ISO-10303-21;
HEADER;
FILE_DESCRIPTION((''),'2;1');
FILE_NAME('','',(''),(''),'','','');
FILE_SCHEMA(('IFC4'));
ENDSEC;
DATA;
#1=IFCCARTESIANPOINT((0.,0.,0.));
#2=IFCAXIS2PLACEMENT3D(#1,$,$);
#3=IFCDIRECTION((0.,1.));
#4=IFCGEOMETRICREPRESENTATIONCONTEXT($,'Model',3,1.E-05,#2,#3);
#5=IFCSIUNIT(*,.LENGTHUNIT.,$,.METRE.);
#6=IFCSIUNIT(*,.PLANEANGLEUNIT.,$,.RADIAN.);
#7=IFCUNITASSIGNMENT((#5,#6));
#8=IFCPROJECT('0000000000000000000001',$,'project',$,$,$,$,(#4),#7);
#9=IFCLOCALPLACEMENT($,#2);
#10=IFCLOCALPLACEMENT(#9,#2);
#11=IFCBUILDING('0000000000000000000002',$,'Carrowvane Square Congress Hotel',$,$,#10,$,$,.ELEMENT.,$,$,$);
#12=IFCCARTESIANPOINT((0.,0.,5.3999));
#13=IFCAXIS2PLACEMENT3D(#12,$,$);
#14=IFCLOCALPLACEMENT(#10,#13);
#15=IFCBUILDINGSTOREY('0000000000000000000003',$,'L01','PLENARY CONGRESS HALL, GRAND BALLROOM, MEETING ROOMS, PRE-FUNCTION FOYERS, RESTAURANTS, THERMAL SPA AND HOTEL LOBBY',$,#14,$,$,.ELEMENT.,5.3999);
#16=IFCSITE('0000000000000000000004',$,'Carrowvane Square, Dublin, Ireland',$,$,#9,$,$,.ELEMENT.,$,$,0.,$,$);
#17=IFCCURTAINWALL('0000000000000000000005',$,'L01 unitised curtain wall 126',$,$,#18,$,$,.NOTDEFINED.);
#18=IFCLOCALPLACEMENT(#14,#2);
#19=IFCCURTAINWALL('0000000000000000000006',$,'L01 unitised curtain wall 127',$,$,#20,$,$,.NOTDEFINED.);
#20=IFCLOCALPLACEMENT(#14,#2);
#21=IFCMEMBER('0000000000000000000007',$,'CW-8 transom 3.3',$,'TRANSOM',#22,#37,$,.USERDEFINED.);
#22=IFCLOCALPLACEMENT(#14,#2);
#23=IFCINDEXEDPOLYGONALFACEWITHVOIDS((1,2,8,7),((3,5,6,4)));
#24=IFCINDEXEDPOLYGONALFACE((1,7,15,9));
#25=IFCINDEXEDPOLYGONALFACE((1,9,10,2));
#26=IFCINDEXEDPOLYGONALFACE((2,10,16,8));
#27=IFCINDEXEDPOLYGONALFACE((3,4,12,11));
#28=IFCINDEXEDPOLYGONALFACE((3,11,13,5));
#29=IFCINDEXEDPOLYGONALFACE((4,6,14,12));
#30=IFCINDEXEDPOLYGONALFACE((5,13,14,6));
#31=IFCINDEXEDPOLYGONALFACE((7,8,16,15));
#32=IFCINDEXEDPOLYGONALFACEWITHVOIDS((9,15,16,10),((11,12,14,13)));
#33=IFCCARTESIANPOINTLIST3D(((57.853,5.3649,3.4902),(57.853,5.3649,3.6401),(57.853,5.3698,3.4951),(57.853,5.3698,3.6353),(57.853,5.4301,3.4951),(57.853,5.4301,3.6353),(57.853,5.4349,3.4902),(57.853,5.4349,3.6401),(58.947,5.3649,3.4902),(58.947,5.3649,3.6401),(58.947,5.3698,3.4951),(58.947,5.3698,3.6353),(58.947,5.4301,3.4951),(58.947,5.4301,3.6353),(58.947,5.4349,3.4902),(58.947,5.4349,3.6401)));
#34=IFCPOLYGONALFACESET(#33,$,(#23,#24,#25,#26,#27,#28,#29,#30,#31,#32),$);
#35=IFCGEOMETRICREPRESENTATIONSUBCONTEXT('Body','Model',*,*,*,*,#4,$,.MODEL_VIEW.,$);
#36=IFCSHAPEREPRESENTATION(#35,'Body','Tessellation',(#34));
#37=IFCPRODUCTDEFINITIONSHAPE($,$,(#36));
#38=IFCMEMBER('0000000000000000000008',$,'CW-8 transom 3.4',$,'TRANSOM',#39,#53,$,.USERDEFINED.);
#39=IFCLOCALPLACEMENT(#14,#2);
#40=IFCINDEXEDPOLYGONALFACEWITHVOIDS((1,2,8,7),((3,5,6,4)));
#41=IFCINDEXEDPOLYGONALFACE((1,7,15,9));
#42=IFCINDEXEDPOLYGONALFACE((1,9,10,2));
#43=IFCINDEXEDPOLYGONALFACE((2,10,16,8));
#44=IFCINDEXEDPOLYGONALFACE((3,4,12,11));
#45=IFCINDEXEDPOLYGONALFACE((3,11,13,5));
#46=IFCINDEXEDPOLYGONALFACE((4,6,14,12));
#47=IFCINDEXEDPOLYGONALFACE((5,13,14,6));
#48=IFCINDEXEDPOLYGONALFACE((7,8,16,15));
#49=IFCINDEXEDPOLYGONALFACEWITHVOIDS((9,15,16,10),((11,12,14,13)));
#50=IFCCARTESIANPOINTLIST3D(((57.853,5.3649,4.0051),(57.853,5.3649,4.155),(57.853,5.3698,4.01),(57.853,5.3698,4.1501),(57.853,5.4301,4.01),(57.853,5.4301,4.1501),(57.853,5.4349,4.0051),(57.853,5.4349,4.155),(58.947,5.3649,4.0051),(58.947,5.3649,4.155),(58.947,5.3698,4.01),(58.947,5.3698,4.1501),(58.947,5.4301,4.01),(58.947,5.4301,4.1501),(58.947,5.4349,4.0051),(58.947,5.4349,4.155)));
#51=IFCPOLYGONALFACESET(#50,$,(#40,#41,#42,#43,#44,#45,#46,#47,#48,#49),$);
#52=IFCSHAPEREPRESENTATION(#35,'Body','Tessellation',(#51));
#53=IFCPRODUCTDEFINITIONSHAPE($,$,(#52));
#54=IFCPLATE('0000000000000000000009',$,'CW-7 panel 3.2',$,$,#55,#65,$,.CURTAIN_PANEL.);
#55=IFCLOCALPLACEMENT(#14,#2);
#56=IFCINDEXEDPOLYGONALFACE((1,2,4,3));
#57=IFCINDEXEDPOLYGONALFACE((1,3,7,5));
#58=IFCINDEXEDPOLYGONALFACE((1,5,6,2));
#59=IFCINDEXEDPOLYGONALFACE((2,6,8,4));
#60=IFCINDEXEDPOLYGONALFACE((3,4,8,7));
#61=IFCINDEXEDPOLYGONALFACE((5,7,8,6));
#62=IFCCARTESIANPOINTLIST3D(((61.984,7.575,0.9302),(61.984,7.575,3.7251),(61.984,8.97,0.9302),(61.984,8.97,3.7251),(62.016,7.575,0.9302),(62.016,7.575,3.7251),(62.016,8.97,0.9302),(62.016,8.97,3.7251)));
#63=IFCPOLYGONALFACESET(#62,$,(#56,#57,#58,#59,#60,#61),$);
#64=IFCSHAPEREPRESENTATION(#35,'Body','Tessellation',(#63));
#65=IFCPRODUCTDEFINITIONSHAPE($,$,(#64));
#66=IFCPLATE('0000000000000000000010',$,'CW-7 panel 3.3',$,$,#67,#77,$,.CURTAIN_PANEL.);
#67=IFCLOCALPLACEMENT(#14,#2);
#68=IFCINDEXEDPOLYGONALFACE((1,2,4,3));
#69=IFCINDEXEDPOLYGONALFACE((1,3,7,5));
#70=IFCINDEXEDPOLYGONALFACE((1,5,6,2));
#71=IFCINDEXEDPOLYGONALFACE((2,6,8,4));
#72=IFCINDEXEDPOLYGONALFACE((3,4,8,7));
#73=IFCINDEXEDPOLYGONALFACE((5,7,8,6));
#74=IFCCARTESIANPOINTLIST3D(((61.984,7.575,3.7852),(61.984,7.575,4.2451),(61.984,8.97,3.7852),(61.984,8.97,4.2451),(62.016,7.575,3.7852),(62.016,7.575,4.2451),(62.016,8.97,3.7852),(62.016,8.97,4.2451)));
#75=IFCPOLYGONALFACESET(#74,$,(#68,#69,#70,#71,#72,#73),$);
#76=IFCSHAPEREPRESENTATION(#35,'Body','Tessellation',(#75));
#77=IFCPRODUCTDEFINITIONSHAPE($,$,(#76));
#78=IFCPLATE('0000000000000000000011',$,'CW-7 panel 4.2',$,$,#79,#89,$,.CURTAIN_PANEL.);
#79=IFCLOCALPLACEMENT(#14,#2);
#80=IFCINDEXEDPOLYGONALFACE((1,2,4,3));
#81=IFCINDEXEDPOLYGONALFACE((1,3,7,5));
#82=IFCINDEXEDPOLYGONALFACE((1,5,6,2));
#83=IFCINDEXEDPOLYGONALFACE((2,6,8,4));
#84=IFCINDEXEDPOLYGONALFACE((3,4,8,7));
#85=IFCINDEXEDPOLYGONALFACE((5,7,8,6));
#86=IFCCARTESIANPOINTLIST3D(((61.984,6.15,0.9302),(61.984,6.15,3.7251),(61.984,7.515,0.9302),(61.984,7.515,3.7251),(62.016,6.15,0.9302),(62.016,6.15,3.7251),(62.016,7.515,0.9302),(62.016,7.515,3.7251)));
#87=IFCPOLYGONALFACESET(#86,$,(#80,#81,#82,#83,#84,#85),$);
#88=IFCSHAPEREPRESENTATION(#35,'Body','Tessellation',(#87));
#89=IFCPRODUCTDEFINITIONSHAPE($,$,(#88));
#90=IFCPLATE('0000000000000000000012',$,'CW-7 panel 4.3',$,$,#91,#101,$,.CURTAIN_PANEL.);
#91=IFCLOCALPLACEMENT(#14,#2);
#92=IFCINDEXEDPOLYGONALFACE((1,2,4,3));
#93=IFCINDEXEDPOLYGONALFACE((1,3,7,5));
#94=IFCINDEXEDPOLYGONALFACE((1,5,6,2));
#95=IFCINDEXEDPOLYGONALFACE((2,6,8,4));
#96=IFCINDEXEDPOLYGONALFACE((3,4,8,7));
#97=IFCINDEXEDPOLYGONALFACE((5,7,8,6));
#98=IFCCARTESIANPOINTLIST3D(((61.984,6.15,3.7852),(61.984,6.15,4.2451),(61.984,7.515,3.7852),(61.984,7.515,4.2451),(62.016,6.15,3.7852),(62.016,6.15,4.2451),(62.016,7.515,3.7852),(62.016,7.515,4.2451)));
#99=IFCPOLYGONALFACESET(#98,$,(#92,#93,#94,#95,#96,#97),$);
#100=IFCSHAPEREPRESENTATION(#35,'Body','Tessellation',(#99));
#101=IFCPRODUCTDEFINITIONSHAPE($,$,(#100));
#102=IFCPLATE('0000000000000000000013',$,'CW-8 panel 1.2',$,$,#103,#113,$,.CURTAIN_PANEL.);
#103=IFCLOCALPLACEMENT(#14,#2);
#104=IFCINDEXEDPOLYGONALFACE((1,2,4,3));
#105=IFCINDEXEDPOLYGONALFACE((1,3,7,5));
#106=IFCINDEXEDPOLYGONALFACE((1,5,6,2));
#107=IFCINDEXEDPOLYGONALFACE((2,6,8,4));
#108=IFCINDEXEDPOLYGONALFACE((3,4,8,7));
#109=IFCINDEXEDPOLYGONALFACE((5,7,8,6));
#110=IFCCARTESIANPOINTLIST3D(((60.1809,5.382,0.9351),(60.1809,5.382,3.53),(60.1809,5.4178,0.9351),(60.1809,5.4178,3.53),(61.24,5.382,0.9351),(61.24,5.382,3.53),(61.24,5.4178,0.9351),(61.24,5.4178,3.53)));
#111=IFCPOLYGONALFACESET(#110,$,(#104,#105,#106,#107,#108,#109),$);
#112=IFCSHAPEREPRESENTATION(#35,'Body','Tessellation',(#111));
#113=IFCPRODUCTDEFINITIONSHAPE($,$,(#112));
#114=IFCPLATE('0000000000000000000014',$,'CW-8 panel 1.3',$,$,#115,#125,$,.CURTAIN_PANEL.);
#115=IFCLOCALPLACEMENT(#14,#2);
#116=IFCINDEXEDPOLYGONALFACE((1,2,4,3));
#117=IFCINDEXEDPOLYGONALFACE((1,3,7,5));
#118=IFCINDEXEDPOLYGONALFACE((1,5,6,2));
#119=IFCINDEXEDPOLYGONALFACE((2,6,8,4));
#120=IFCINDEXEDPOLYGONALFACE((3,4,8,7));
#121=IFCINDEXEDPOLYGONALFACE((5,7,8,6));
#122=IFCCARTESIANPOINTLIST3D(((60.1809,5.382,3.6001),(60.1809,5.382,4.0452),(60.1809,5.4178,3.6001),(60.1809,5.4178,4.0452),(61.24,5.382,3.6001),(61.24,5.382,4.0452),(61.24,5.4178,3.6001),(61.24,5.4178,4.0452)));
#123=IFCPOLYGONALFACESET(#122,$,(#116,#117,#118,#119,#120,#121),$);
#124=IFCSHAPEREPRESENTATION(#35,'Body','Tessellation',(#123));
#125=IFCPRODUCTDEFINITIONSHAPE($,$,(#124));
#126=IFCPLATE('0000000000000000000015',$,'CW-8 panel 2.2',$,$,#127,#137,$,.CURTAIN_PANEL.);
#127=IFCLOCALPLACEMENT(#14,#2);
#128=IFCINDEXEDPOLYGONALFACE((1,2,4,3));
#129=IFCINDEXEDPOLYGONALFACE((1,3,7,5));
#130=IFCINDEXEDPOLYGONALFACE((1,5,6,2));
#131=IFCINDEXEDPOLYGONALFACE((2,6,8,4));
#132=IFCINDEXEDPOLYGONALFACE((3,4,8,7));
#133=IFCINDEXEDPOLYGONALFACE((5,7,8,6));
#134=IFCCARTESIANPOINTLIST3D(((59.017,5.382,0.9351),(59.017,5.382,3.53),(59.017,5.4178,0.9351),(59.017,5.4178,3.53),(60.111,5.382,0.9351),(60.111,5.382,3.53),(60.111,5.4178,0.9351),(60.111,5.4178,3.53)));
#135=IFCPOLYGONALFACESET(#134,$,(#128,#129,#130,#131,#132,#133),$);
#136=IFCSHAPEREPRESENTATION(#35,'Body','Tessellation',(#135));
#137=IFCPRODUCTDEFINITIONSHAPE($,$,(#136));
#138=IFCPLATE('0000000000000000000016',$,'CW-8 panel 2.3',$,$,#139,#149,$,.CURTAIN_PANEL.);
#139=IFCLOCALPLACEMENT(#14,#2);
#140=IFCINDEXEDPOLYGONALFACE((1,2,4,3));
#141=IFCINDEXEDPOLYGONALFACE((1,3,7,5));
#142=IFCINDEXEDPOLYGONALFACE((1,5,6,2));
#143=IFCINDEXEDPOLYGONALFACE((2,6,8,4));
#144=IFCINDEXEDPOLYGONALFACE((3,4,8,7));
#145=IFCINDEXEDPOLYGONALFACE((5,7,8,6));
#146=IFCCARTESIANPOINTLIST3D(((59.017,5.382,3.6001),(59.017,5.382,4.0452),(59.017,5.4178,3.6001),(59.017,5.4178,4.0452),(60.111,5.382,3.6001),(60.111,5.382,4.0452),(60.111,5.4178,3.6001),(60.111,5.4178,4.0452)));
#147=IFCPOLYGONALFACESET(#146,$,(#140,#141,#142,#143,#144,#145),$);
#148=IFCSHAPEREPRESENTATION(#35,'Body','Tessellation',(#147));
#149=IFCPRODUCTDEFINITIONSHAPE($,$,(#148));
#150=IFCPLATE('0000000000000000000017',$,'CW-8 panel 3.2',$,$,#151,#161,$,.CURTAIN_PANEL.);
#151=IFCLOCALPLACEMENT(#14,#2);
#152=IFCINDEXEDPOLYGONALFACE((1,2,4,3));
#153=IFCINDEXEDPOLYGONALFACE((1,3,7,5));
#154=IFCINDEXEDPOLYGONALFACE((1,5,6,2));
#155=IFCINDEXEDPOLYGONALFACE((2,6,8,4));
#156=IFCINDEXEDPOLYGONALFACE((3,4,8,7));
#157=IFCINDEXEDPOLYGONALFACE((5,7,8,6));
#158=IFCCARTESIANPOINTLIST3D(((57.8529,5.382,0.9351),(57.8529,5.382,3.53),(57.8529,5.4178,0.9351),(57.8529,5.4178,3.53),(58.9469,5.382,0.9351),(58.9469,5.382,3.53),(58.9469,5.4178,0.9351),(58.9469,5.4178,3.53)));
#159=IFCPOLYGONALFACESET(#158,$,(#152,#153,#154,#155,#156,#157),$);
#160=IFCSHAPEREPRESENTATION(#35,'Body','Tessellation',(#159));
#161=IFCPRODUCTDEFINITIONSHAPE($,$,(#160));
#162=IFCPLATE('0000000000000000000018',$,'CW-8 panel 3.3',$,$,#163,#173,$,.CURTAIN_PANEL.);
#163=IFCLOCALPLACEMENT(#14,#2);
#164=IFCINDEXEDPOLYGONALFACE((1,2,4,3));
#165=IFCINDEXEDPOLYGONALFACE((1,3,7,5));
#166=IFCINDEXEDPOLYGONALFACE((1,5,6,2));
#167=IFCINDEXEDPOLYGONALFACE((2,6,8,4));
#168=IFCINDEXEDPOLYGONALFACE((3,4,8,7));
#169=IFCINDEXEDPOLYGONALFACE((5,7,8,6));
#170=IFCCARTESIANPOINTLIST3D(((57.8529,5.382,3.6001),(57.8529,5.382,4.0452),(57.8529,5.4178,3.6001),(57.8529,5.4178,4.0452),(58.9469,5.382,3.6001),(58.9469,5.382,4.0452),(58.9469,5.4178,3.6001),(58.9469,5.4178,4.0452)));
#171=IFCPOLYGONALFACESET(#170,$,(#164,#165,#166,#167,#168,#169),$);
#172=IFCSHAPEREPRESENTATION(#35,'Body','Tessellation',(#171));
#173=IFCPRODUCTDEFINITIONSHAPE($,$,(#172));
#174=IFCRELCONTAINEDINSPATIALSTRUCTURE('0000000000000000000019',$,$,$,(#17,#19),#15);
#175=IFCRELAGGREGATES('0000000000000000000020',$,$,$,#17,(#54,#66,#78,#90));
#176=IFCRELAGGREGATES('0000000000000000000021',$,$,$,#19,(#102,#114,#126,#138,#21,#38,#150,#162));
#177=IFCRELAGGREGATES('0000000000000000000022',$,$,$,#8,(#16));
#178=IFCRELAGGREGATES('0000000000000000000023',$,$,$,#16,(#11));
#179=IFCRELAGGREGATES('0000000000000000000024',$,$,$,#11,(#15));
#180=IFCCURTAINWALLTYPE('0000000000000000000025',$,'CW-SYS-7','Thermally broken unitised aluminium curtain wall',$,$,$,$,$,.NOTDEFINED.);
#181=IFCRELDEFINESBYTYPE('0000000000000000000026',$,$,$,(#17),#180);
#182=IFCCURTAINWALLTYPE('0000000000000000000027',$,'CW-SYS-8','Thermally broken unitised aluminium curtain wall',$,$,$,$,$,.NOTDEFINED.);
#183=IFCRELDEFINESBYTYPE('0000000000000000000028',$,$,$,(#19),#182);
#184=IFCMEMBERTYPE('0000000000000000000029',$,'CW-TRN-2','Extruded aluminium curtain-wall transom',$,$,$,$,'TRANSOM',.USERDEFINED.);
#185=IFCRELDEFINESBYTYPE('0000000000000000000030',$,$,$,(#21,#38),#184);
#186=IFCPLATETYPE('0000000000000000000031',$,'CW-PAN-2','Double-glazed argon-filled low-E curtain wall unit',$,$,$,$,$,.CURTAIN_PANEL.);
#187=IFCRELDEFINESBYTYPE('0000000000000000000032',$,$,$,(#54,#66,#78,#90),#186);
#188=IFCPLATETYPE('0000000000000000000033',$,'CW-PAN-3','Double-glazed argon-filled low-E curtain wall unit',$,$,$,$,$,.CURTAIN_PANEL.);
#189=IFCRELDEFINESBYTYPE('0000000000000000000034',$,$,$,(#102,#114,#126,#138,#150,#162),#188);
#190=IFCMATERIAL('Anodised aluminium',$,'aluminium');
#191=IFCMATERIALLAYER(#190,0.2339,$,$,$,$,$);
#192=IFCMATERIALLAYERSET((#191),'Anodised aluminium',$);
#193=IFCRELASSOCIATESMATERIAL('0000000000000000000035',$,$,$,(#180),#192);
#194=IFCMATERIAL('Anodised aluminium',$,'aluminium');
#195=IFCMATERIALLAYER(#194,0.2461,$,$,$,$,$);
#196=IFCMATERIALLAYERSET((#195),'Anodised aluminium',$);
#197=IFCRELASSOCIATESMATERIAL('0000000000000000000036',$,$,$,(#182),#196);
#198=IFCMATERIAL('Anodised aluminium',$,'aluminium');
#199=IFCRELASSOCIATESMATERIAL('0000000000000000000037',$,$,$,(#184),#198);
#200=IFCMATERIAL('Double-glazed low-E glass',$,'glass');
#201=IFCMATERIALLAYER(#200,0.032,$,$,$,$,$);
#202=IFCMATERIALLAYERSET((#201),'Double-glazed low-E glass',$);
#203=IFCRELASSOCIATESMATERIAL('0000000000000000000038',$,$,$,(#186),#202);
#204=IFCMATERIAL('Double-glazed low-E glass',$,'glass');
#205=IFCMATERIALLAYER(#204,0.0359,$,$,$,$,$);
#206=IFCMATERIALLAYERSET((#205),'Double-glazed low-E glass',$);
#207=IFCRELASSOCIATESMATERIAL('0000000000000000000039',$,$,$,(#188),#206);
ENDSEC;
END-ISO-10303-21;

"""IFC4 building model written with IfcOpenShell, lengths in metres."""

from ifc_helpers import new_model, si_unit, direction, frame, origin, origin_2d, place, context, subcontext, project, spatial, rectangle, hollow_rectangle, extrude, material, layer, layer_set, material_profile, profile_set, type_object, element, aggregate, save


model = new_model("IFC4")

# Units and contexts
model_context = context("Model", 3, precision=1e-05, world=origin(), true_north=direction((0.0, 1.0)))
body_context = subcontext(model_context, "Body", "Model", "MODEL_VIEW")
ifc_project = project(units=[si_unit("LENGTHUNIT", "METRE"), si_unit("PLANEANGLEUNIT", "RADIAN")], contexts=[model_context])

# Site, building, storey
site_placement = place(None, origin())
site = spatial("IfcSite", under=ifc_project, at=site_placement, Name="Carrowvane Square, Dublin, Ireland", CompositionType="ELEMENT", RefElevation=0.0)
building_placement = place(site_placement, origin())
building = spatial("IfcBuilding", under=site, at=building_placement, Name="Carrowvane Square Congress Hotel", CompositionType="ELEMENT")
storey_placement = place(building_placement, frame((0.0, 0.0, 5.3999)))
storey = spatial("IfcBuildingStorey", under=building, at=storey_placement, Name="L01", Description="PLENARY CONGRESS HALL, GRAND BALLROOM, MEETING ROOMS, PRE-FUNCTION FOYERS, RESTAURANTS, THERMAL SPA AND HOTEL LOBBY", CompositionType="ELEMENT", Elevation=5.3999)

# Curtain walls, members
ifc_material_1 = material(Name="Anodised aluminium", Category="aluminium")
ifc_layer_1 = layer(ifc_material_1, 0.2339)
ifc_layer_set_1 = layer_set([ifc_layer_1], Name="Anodised aluminium")
curtain_wall_type_1 = type_object("IfcCurtainWallType", Name="CW-SYS-7", Description="Thermally broken unitised aluminium curtain wall", PredefinedType="NOTDEFINED", material=ifc_layer_set_1)
curtain_wall_1_placement = place(storey_placement, origin())
curtain_wall_1 = element("IfcCurtainWall", 1, at=curtain_wall_1_placement, inside=storey, type_object=curtain_wall_type_1, Name="L01 unitised curtain wall 126", PredefinedType="NOTDEFINED")
ifc_material_2 = material(Name="Anodised aluminium", Category="aluminium")
ifc_layer_2 = layer(ifc_material_2, 0.2461)
ifc_layer_set_2 = layer_set([ifc_layer_2], Name="Anodised aluminium")
curtain_wall_type_2 = type_object("IfcCurtainWallType", Name="CW-SYS-8", Description="Thermally broken unitised aluminium curtain wall", PredefinedType="NOTDEFINED", material=ifc_layer_set_2)
curtain_wall_2_placement = place(storey_placement, origin())
curtain_wall_2 = element("IfcCurtainWall", 2, at=curtain_wall_2_placement, inside=storey, type_object=curtain_wall_type_2, Name="L01 unitised curtain wall 127", PredefinedType="NOTDEFINED")
ifc_material_3 = material(Name="Anodised aluminium", Category="aluminium")
ifc_material_profile_1 = material_profile(ifc_material_3, hollow_rectangle(XDim=0.0701, YDim=0.1499, WallThickness=0.0049, at=origin_2d()), Name="CW-TR 70x150x5")
ifc_profile_set_1 = profile_set([ifc_material_profile_1], Name="Anodised aluminium")
member_type_1 = type_object("IfcMemberType", Name="CW-TRN-2", Description="Extruded aluminium curtain-wall transom", ElementType="TRANSOM", PredefinedType="USERDEFINED", material=ifc_profile_set_1)
member_1_placement = place(storey_placement, frame((58.947, 5.3999, 3.5652), z_axis=(-1.0, 0.0, 0.0), x_axis=(0.0, -1.0, 0.0)))
member_1 = element("IfcMember", 3, at=member_1_placement, type_object=member_type_1, Name="CW-8 transom 3.3", ObjectType="TRANSOM", PredefinedType="USERDEFINED", context=body_context, shape_type="SweptSolid", body=[
    extrude(hollow_rectangle(XDim=0.0701, YDim=0.1499, WallThickness=0.0049, at=origin_2d()), origin(), (0.0, 0.0, 1.0), 1.094),
])
member_2_placement = place(storey_placement, frame((58.947, 5.3999, 4.0801), z_axis=(-1.0, 0.0, 0.0), x_axis=(0.0, -1.0, 0.0)))
member_2 = element("IfcMember", 4, at=member_2_placement, type_object=member_type_1, Name="CW-8 transom 3.4", ObjectType="TRANSOM", PredefinedType="USERDEFINED", context=body_context, shape_type="SweptSolid", body=[
    extrude(hollow_rectangle(XDim=0.0701, YDim=0.1499, WallThickness=0.0049, at=origin_2d()), origin(), (0.0, 0.0, 1.0), 1.094),
])

# Plates
ifc_material_4 = material(Name="Double-glazed low-E glass", Category="glass")
ifc_layer_3 = layer(ifc_material_4, 0.032)
ifc_layer_set_3 = layer_set([ifc_layer_3], Name="Double-glazed low-E glass")
plate_type_1 = type_object("IfcPlateType", Name="CW-PAN-2", Description="Double-glazed argon-filled low-E curtain wall unit", PredefinedType="CURTAIN_PANEL", material=ifc_layer_set_3)
plate_1_placement = place(storey_placement, frame((62.0, 8.2725, 0.9302), z_axis=(0.0, 0.0, 1.0), x_axis=(0.0, -1.0, 0.0)))
plate_1 = element("IfcPlate", 5, at=plate_1_placement, type_object=plate_type_1, Name="CW-7 panel 3.2", PredefinedType="CURTAIN_PANEL", context=body_context, shape_type="SweptSolid", body=[
    extrude(rectangle(XDim=1.395, YDim=0.032, at=origin_2d()), origin(), (0.0, 0.0, 1.0), 2.7949),
])
plate_2_placement = place(storey_placement, frame((62.0, 8.2725, 3.7852), z_axis=(0.0, 0.0, 1.0), x_axis=(0.0, -1.0, 0.0)))
plate_2 = element("IfcPlate", 6, at=plate_2_placement, type_object=plate_type_1, Name="CW-7 panel 3.3", PredefinedType="CURTAIN_PANEL", context=body_context, shape_type="SweptSolid", body=[
    extrude(rectangle(XDim=1.395, YDim=0.032, at=origin_2d()), origin(), (0.0, 0.0, 1.0), 0.46),
])
plate_3_placement = place(storey_placement, frame((62.0, 6.8325, 0.9302), z_axis=(0.0, 0.0, 1.0), x_axis=(0.0, -1.0, 0.0)))
plate_3 = element("IfcPlate", 7, at=plate_3_placement, type_object=plate_type_1, Name="CW-7 panel 4.2", PredefinedType="CURTAIN_PANEL", context=body_context, shape_type="SweptSolid", body=[
    extrude(rectangle(XDim=1.365, YDim=0.032, at=origin_2d()), origin(), (0.0, 0.0, 1.0), 2.7949),
])
plate_4_placement = place(storey_placement, frame((62.0, 6.8325, 3.7852), z_axis=(0.0, 0.0, 1.0), x_axis=(0.0, -1.0, 0.0)))
plate_4 = element("IfcPlate", 8, at=plate_4_placement, type_object=plate_type_1, Name="CW-7 panel 4.3", PredefinedType="CURTAIN_PANEL", context=body_context, shape_type="SweptSolid", body=[
    extrude(rectangle(XDim=1.365, YDim=0.032, at=origin_2d()), origin(), (0.0, 0.0, 1.0), 0.46),
])
aggregate(curtain_wall_1, [plate_1, plate_2, plate_3, plate_4])
ifc_material_5 = material(Name="Double-glazed low-E glass", Category="glass")
ifc_layer_4 = layer(ifc_material_5, 0.0359)
ifc_layer_set_4 = layer_set([ifc_layer_4], Name="Double-glazed low-E glass")
plate_type_2 = type_object("IfcPlateType", Name="CW-PAN-3", Description="Double-glazed argon-filled low-E curtain wall unit", PredefinedType="CURTAIN_PANEL", material=ifc_layer_set_4)
plate_5_placement = place(storey_placement, frame((60.7104, 5.3999, 0.9351), z_axis=(0.0, 0.0, 1.0), x_axis=(-1.0, 0.0, 0.0)))
plate_5 = element("IfcPlate", 9, at=plate_5_placement, type_object=plate_type_2, Name="CW-8 panel 1.2", PredefinedType="CURTAIN_PANEL", context=body_context, shape_type="SweptSolid", body=[
    extrude(rectangle(XDim=1.0591, YDim=0.0359, at=origin_2d()), origin(), (0.0, 0.0, 1.0), 2.595),
])
plate_6_placement = place(storey_placement, frame((60.7104, 5.3999, 3.6001), z_axis=(0.0, 0.0, 1.0), x_axis=(-1.0, 0.0, 0.0)))
plate_6 = element("IfcPlate", 10, at=plate_6_placement, type_object=plate_type_2, Name="CW-8 panel 1.3", PredefinedType="CURTAIN_PANEL", context=body_context, shape_type="SweptSolid", body=[
    extrude(rectangle(XDim=1.0591, YDim=0.0359, at=origin_2d()), origin(), (0.0, 0.0, 1.0), 0.4451),
])
plate_7_placement = place(storey_placement, frame((59.564, 5.3999, 0.9351), z_axis=(0.0, 0.0, 1.0), x_axis=(-1.0, 0.0, 0.0)))
plate_7 = element("IfcPlate", 11, at=plate_7_placement, type_object=plate_type_2, Name="CW-8 panel 2.2", PredefinedType="CURTAIN_PANEL", context=body_context, shape_type="SweptSolid", body=[
    extrude(rectangle(XDim=1.094, YDim=0.0359, at=origin_2d()), origin(), (0.0, 0.0, 1.0), 2.595),
])
plate_8_placement = place(storey_placement, frame((59.564, 5.3999, 3.6001), z_axis=(0.0, 0.0, 1.0), x_axis=(-1.0, 0.0, 0.0)))
plate_8 = element("IfcPlate", 12, at=plate_8_placement, type_object=plate_type_2, Name="CW-8 panel 2.3", PredefinedType="CURTAIN_PANEL", context=body_context, shape_type="SweptSolid", body=[
    extrude(rectangle(XDim=1.094, YDim=0.0359, at=origin_2d()), origin(), (0.0, 0.0, 1.0), 0.4451),
])
plate_9_placement = place(storey_placement, frame((58.3999, 5.3999, 0.9351), z_axis=(0.0, 0.0, 1.0), x_axis=(-1.0, 0.0, 0.0)))
plate_9 = element("IfcPlate", 13, at=plate_9_placement, type_object=plate_type_2, Name="CW-8 panel 3.2", PredefinedType="CURTAIN_PANEL", context=body_context, shape_type="SweptSolid", body=[
    extrude(rectangle(XDim=1.094, YDim=0.0359, at=origin_2d()), origin(), (0.0, 0.0, 1.0), 2.595),
])
plate_10_placement = place(storey_placement, frame((58.3999, 5.3999, 3.6001), z_axis=(0.0, 0.0, 1.0), x_axis=(-1.0, 0.0, 0.0)))
plate_10 = element("IfcPlate", 14, at=plate_10_placement, type_object=plate_type_2, Name="CW-8 panel 3.3", PredefinedType="CURTAIN_PANEL", context=body_context, shape_type="SweptSolid", body=[
    extrude(rectangle(XDim=1.094, YDim=0.0359, at=origin_2d()), origin(), (0.0, 0.0, 1.0), 0.4451),
])
aggregate(curtain_wall_2, [plate_5, plate_6, plate_7, plate_8, member_1, member_2, plate_9, plate_10])

save(model, "model.ifc")
